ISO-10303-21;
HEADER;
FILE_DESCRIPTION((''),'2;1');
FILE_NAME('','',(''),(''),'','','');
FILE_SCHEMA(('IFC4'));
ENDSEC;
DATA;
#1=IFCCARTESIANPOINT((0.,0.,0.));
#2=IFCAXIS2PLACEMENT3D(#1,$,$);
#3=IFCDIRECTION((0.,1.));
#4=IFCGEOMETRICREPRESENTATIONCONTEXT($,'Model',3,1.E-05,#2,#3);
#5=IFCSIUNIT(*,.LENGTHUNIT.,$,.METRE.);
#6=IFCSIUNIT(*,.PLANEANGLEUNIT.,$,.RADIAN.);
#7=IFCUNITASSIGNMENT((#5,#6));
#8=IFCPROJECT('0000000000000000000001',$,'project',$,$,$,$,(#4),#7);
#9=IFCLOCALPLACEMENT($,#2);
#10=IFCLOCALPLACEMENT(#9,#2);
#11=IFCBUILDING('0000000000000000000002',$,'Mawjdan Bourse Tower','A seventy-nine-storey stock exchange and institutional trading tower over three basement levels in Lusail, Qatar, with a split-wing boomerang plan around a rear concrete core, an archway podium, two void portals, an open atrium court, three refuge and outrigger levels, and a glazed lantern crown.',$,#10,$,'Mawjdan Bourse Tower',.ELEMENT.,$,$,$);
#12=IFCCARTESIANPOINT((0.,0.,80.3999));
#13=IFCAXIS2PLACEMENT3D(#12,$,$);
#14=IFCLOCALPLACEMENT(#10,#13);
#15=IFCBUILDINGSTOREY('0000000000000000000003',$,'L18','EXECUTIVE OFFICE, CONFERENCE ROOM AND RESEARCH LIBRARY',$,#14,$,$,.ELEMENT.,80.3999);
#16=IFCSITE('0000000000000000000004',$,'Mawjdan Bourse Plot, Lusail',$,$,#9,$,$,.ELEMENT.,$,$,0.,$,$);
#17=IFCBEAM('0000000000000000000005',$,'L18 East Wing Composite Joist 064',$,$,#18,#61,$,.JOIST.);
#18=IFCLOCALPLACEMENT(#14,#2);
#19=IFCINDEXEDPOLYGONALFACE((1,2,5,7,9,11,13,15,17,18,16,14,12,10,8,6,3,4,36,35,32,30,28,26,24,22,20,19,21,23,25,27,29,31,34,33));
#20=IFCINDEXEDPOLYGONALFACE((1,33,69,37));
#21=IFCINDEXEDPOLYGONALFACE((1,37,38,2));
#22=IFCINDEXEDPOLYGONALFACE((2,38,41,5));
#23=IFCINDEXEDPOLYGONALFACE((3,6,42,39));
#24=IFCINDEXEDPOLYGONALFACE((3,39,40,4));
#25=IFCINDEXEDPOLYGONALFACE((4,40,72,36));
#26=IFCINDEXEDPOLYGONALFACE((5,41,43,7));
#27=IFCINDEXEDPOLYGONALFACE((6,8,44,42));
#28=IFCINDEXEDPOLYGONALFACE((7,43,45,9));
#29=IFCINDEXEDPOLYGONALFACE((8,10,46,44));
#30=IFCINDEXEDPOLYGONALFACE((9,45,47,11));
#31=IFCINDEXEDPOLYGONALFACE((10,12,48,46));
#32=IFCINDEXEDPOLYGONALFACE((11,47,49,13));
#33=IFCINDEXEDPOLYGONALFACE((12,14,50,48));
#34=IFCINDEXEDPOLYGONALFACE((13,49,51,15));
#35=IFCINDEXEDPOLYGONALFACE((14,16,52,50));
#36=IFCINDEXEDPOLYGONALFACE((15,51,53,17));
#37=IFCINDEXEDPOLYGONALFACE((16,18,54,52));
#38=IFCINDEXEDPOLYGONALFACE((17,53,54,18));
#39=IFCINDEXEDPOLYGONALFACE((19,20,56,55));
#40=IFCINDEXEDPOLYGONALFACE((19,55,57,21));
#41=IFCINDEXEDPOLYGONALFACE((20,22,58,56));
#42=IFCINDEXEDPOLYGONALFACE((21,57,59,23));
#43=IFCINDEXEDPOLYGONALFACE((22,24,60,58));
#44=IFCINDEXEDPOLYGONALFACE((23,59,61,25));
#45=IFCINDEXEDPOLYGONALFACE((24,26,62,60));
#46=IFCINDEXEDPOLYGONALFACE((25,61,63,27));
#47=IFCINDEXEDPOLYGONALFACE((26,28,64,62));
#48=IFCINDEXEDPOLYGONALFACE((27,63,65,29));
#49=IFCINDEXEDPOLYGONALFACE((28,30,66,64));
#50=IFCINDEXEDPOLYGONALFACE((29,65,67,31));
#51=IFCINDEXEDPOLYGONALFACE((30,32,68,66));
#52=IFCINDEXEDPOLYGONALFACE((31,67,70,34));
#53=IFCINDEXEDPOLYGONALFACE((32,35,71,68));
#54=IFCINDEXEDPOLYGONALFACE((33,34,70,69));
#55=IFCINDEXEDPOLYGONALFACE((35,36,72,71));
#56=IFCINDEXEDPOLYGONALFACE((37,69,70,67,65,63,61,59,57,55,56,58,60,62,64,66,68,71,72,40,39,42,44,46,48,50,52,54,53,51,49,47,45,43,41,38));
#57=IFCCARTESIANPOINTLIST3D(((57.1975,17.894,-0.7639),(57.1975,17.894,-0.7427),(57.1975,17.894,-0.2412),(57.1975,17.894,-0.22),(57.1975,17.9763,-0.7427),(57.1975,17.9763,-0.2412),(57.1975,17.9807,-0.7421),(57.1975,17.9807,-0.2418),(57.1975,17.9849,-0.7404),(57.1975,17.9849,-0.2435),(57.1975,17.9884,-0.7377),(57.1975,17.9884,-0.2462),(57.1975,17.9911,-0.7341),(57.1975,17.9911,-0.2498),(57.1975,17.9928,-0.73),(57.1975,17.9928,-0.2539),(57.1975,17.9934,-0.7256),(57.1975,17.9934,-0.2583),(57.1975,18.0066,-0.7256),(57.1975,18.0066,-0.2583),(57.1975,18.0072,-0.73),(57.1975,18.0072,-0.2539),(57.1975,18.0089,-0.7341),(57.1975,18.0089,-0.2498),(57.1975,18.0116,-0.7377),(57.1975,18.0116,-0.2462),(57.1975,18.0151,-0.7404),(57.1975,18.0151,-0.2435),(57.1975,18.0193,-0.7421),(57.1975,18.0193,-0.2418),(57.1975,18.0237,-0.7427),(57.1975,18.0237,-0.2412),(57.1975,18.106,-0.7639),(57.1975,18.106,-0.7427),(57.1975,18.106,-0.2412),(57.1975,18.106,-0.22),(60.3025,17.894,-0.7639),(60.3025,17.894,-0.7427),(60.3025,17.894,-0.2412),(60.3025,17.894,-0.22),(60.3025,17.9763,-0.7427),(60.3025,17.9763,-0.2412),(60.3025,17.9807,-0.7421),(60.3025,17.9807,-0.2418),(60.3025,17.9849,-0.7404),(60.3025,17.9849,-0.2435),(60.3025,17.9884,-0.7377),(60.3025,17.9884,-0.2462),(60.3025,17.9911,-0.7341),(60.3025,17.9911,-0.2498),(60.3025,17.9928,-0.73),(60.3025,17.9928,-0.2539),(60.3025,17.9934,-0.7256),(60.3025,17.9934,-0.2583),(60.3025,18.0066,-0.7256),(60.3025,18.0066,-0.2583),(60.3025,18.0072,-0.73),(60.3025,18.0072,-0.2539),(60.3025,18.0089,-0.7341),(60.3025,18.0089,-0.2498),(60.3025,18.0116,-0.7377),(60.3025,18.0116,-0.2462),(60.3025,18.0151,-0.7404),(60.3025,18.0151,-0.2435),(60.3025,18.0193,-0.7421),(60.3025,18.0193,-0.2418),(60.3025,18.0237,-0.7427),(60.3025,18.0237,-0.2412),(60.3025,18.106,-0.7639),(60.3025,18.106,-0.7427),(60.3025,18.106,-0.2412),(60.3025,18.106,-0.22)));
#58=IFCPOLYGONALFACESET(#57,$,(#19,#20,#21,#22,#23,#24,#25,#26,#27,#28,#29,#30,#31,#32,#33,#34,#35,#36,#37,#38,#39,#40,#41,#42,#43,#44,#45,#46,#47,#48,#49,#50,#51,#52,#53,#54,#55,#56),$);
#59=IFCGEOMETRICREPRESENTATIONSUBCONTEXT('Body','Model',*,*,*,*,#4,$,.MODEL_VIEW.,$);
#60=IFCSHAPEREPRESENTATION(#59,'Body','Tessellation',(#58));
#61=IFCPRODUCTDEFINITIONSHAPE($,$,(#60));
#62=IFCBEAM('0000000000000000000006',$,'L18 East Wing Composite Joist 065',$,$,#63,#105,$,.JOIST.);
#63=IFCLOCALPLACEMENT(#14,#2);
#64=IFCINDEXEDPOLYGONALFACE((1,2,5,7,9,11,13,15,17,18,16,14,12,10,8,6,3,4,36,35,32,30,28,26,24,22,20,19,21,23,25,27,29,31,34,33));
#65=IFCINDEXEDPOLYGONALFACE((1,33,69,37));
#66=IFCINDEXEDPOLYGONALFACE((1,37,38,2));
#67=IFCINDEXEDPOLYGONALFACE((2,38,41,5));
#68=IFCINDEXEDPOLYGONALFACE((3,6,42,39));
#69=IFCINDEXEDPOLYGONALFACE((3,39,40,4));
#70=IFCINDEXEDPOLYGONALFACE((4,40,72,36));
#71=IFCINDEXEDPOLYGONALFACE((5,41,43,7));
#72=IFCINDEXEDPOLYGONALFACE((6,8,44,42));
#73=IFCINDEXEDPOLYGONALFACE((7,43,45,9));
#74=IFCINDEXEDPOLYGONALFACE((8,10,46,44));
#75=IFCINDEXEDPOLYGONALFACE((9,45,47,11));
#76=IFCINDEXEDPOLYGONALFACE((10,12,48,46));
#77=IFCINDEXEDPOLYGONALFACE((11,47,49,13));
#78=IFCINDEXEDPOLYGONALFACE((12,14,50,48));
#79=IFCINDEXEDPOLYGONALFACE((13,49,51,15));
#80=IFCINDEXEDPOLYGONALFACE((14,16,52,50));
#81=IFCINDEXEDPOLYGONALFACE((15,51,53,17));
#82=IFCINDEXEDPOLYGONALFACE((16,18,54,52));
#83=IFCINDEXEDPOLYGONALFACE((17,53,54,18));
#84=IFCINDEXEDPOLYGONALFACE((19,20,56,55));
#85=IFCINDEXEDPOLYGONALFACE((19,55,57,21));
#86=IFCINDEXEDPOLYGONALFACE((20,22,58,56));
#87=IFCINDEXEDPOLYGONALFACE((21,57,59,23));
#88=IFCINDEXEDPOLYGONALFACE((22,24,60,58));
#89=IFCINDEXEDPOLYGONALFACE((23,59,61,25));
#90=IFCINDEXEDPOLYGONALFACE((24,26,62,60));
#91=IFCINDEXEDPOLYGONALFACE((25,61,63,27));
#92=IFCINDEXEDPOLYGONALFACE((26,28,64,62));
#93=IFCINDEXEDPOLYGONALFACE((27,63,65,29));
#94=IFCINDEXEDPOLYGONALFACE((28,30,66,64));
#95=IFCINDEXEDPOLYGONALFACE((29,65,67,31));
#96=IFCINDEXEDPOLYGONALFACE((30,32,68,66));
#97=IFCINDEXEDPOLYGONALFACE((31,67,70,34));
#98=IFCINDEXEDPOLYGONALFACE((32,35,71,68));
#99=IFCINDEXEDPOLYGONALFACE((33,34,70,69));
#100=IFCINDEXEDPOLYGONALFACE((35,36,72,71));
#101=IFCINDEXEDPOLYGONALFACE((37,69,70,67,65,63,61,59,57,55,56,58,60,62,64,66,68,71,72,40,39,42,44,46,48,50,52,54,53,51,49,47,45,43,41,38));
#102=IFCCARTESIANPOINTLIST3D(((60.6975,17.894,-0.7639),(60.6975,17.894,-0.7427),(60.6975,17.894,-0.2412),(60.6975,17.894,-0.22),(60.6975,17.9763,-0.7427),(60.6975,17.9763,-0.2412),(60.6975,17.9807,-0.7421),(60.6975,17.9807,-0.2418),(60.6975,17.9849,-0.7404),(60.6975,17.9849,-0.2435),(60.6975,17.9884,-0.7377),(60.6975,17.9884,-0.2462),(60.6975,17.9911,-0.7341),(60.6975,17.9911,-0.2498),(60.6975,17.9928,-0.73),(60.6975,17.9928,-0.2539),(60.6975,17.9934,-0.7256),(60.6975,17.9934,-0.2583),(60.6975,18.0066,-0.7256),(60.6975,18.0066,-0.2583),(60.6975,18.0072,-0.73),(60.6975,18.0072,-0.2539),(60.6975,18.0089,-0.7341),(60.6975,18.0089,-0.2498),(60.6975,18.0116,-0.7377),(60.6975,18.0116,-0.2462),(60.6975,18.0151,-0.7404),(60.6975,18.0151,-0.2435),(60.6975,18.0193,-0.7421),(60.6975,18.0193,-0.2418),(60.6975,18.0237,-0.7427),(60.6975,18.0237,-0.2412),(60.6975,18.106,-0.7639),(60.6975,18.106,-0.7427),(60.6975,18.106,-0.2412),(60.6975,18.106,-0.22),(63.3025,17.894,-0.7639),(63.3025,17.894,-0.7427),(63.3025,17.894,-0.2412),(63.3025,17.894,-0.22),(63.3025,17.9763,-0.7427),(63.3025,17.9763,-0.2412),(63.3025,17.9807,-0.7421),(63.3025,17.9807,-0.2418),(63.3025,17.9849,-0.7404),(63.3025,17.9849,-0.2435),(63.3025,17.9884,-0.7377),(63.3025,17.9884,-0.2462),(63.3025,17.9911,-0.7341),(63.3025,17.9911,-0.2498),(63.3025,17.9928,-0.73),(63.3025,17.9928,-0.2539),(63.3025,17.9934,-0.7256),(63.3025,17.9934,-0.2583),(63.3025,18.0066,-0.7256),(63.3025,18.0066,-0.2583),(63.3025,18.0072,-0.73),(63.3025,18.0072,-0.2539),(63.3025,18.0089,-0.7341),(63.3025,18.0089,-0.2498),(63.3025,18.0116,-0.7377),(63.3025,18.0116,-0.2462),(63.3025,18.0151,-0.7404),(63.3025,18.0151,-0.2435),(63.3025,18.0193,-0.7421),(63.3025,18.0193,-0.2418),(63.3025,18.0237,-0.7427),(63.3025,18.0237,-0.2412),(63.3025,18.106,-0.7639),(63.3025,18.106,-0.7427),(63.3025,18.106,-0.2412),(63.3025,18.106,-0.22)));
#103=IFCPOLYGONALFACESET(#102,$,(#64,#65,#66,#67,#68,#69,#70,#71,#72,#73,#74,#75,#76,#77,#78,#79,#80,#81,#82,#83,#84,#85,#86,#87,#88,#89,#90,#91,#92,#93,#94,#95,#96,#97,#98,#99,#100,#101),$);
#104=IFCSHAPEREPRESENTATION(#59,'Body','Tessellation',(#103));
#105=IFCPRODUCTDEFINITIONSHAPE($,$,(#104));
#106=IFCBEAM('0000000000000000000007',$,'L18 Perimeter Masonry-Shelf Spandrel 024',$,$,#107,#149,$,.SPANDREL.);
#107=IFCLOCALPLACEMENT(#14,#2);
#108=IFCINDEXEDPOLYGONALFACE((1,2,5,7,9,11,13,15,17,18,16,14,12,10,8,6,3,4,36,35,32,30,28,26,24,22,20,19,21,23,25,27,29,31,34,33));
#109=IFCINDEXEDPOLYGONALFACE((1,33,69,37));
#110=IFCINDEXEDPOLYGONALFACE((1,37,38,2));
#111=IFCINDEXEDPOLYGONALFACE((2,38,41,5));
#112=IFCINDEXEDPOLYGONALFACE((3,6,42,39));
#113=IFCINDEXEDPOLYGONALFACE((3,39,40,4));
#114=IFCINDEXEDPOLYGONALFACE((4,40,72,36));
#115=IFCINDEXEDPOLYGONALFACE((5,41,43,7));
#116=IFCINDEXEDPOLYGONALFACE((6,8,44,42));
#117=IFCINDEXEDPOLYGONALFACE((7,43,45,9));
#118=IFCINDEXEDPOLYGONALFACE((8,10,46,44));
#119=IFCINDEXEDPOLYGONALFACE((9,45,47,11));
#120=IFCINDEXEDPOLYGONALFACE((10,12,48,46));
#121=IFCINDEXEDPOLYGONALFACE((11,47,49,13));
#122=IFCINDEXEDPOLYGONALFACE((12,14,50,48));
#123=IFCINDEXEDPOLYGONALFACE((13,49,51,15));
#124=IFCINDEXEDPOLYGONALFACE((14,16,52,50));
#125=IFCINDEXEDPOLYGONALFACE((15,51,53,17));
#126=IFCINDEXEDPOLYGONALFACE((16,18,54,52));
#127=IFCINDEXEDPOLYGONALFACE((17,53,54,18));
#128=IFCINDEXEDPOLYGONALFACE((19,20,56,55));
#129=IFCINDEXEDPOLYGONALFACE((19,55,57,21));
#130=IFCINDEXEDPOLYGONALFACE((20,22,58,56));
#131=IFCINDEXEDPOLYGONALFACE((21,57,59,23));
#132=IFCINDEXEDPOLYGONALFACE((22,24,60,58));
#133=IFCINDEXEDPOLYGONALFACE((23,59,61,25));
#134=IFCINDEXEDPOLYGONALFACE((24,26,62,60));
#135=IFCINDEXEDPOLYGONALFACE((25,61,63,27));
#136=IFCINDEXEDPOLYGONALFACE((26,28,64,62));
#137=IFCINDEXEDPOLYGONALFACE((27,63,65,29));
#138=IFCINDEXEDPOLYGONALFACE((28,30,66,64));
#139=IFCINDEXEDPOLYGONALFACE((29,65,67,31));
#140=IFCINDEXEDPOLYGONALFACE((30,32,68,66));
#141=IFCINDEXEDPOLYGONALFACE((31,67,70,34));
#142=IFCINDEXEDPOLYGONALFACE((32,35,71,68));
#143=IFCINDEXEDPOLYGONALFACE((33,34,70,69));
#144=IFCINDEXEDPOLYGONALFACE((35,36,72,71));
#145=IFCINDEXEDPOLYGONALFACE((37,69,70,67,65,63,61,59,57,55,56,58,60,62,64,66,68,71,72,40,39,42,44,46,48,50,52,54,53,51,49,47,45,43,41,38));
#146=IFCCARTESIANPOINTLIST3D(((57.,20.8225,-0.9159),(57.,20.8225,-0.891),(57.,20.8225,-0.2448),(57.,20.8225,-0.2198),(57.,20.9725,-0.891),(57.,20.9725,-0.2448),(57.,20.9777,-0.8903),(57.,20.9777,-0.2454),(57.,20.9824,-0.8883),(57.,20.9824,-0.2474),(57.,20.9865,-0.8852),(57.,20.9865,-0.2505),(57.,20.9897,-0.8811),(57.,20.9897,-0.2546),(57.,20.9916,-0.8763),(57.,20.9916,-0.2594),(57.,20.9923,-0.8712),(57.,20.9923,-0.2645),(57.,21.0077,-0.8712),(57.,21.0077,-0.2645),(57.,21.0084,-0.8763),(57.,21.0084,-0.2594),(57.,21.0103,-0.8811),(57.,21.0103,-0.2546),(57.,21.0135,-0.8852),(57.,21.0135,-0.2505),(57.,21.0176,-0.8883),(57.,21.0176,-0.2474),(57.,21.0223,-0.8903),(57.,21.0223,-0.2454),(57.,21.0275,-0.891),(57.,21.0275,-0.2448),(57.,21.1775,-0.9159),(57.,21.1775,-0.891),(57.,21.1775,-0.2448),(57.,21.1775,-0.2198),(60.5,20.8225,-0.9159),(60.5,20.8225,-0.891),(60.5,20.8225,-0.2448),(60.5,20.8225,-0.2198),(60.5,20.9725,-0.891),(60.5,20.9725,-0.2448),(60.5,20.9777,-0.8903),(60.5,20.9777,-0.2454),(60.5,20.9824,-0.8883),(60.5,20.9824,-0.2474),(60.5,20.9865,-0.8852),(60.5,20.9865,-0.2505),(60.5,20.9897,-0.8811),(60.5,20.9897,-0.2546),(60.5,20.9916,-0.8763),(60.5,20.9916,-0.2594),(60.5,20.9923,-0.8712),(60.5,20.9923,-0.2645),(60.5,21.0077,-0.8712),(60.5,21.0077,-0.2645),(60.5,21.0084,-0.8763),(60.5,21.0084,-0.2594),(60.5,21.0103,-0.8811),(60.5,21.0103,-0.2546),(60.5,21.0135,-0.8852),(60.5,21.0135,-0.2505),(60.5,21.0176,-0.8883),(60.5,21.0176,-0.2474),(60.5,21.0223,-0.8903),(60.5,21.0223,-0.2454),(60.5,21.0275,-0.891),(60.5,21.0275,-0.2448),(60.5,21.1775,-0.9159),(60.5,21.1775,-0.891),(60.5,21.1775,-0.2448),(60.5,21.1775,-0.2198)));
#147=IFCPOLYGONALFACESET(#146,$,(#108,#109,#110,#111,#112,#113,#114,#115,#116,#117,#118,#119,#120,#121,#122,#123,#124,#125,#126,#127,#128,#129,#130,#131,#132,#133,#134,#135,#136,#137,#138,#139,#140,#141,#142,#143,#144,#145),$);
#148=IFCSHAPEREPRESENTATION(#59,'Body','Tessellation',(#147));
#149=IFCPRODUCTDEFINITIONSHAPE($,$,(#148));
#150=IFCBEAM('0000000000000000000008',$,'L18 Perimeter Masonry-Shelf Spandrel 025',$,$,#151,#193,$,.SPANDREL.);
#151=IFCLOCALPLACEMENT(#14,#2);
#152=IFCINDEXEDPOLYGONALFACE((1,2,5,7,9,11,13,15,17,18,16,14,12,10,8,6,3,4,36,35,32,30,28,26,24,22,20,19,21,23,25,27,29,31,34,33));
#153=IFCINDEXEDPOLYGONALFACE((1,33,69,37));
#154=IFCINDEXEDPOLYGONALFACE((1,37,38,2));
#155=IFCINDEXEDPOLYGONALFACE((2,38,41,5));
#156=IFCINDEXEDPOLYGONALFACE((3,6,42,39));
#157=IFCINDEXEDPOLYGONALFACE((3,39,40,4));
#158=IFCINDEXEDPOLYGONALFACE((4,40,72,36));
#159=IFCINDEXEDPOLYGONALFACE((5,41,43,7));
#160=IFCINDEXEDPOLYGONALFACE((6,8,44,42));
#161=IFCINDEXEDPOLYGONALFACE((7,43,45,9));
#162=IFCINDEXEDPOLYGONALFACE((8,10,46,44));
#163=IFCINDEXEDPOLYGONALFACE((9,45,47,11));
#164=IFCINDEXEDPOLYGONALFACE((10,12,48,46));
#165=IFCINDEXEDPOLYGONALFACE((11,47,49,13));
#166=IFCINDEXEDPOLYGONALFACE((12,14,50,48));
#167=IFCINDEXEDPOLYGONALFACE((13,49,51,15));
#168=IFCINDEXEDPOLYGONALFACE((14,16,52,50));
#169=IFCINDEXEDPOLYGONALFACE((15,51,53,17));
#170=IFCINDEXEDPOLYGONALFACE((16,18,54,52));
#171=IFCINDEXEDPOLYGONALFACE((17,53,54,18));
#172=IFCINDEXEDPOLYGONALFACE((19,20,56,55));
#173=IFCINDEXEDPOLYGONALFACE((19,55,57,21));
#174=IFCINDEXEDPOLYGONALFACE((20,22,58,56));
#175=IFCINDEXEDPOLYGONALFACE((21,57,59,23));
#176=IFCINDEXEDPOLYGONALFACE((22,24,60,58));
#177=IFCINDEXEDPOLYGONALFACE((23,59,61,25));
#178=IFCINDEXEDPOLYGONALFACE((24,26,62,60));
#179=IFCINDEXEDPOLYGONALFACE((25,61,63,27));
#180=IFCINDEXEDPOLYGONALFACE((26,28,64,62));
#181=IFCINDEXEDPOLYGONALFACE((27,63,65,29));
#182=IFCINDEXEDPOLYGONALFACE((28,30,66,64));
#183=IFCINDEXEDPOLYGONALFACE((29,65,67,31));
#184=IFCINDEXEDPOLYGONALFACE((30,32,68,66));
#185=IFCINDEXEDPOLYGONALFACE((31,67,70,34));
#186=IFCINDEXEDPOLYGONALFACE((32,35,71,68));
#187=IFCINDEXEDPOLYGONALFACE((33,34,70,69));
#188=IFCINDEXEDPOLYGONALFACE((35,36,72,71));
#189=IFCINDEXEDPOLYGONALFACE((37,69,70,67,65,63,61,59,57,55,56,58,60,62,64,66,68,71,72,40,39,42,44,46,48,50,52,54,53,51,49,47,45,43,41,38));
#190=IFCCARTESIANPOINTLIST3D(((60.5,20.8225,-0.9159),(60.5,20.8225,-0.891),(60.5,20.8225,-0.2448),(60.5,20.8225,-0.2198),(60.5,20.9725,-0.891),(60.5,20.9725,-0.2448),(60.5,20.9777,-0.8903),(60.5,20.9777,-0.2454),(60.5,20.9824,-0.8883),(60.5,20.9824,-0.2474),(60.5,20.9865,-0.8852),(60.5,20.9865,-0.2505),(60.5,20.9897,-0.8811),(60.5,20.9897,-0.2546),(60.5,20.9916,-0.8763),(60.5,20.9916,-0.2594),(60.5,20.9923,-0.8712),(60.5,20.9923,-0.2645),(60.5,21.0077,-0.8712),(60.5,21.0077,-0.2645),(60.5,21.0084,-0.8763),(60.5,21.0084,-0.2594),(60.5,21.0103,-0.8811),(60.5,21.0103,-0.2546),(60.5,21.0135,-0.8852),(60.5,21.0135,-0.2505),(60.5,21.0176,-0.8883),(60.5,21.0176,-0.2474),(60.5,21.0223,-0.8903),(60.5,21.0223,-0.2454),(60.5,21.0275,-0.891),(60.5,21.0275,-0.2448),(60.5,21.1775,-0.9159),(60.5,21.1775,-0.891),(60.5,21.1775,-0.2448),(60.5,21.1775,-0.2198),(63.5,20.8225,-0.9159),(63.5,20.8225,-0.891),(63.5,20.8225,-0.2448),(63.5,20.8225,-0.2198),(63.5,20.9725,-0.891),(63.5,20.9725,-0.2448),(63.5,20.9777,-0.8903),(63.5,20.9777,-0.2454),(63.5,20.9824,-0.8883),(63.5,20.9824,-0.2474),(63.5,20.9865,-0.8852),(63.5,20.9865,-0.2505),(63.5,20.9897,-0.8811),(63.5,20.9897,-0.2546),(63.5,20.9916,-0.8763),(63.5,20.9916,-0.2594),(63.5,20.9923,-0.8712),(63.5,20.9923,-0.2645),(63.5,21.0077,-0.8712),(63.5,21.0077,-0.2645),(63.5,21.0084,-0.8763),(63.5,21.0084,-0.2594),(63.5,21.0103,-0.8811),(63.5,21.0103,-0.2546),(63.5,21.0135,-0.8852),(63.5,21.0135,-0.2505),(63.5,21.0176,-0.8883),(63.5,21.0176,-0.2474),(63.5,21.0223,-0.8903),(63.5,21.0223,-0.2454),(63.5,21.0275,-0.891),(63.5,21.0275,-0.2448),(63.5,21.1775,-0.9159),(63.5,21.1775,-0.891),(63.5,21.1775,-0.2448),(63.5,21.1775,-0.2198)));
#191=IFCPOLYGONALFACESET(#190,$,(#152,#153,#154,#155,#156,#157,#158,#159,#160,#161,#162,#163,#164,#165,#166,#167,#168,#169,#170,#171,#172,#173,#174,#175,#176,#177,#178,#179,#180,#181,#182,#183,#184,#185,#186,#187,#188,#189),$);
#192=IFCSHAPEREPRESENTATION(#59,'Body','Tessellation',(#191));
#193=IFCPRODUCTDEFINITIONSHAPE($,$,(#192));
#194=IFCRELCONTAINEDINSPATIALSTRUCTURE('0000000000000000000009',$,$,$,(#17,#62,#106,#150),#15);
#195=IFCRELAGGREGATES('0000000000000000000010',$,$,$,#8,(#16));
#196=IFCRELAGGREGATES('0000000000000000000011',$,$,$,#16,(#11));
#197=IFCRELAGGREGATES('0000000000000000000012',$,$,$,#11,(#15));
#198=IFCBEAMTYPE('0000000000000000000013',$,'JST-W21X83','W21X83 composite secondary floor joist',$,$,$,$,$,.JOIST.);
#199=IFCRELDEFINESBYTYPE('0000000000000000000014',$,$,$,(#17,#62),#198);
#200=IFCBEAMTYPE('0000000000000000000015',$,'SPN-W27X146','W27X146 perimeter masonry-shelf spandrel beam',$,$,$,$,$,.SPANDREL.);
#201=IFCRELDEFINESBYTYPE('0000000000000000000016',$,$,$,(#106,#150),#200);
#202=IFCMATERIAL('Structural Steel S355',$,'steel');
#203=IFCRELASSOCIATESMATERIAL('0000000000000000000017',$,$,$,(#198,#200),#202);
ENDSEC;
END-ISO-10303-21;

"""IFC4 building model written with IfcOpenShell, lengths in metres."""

from ifc_helpers import new_model, si_unit, direction, frame, origin, origin_2d, place, context, subcontext, project, spatial, i_section, extrude, material, material_profile, profile_set, type_object, element, save


model = new_model("IFC4")

# Units and contexts
model_context = context("Model", 3, precision=1e-05, world=origin(), true_north=direction((0.0, 1.0)))
body_context = subcontext(model_context, "Body", "Model", "MODEL_VIEW")
ifc_project = project(units=[si_unit("LENGTHUNIT", "METRE"), si_unit("PLANEANGLEUNIT", "RADIAN")], contexts=[model_context])

# Site, building, storey
site_placement = place(None, origin())
site = spatial("IfcSite", under=ifc_project, at=site_placement, Name="Mawjdan Bourse Plot, Lusail", CompositionType="ELEMENT", RefElevation=0.0)
building_placement = place(site_placement, origin())
building = spatial("IfcBuilding", under=site, at=building_placement, Name="Mawjdan Bourse Tower", Description="A seventy-nine-storey stock exchange and institutional trading tower over three basement levels in Lusail, Qatar, with a split-wing boomerang plan around a rear concrete core, an archway podium, two void portals, an open atrium court, three refuge and outrigger levels, and a glazed lantern crown.", LongName="Mawjdan Bourse Tower", CompositionType="ELEMENT")
storey_placement = place(building_placement, frame((0.0, 0.0, 80.3999)))
storey = spatial("IfcBuildingStorey", under=building, at=storey_placement, Name="L18", Description="EXECUTIVE OFFICE, CONFERENCE ROOM AND RESEARCH LIBRARY", CompositionType="ELEMENT", Elevation=80.3999)

# Beams
ifc_material_1 = material(Name="Structural Steel S355", Category="steel")
ifc_material_profile_1 = material_profile(ifc_material_1, i_section(OverallWidth=0.2119, OverallDepth=0.5439, WebThickness=0.0132, FlangeThickness=0.0212, FilletRadius=0.0171, at=origin_2d()), Name="W21X83")
ifc_profile_set_1 = profile_set([ifc_material_profile_1], Name="Structural Steel S355")
beam_type_1 = type_object("IfcBeamType", Name="JST-W21X83", Description="W21X83 composite secondary floor joist", PredefinedType="JOIST", material=ifc_profile_set_1)
beam_1_placement = place(storey_placement, frame((57.1975, 18.0, -0.4919), z_axis=(1.0, 0.0, 0.0), x_axis=(0.0, 1.0, 0.0)))
element("IfcBeam", 1, at=beam_1_placement, inside=storey, type_object=beam_type_1, Name="L18 East Wing Composite Joist 064", PredefinedType="JOIST", context=body_context, shape_type="SweptSolid", body=[
    extrude(i_section(OverallWidth=0.2119, OverallDepth=0.5439, WebThickness=0.0132, FlangeThickness=0.0212, FilletRadius=0.0171, at=origin_2d()), origin(), (0.0, 0.0, 1.0), 3.105),
])
beam_2_placement = place(storey_placement, frame((60.6975, 18.0, -0.4919), z_axis=(1.0, 0.0, 0.0), x_axis=(0.0, 1.0, 0.0)))
element("IfcBeam", 2, at=beam_2_placement, inside=storey, type_object=beam_type_1, Name="L18 East Wing Composite Joist 065", PredefinedType="JOIST", context=body_context, shape_type="SweptSolid", body=[
    extrude(i_section(OverallWidth=0.2119, OverallDepth=0.5439, WebThickness=0.0132, FlangeThickness=0.0212, FilletRadius=0.0171, at=origin_2d()), origin(), (0.0, 0.0, 1.0), 2.605),
])
ifc_material_profile_2 = material_profile(ifc_material_1, i_section(OverallWidth=0.355, OverallDepth=0.696, WebThickness=0.0154, FlangeThickness=0.0249, FilletRadius=0.0198, at=origin_2d()), Name="W27X146")
ifc_profile_set_2 = profile_set([ifc_material_profile_2], Name="Structural Steel S355")
beam_type_2 = type_object("IfcBeamType", Name="SPN-W27X146", Description="W27X146 perimeter masonry-shelf spandrel beam", PredefinedType="SPANDREL", material=ifc_profile_set_2)
beam_3_placement = place(storey_placement, frame((57.0, 21.0, -0.5679), z_axis=(1.0, 0.0, 0.0), x_axis=(0.0, 1.0, 0.0)))
element("IfcBeam", 3, at=beam_3_placement, inside=storey, type_object=beam_type_2, Name="L18 Perimeter Masonry-Shelf Spandrel 024", PredefinedType="SPANDREL", context=body_context, shape_type="SweptSolid", body=[
    extrude(i_section(OverallWidth=0.355, OverallDepth=0.696, WebThickness=0.0154, FlangeThickness=0.0249, FilletRadius=0.0198, at=origin_2d()), origin(), (0.0, 0.0, 1.0), 3.5),
])
beam_4_placement = place(storey_placement, frame((60.5, 21.0, -0.5679), z_axis=(1.0, 0.0, 0.0), x_axis=(0.0, 1.0, 0.0)))
element("IfcBeam", 4, at=beam_4_placement, inside=storey, type_object=beam_type_2, Name="L18 Perimeter Masonry-Shelf Spandrel 025", PredefinedType="SPANDREL", context=body_context, shape_type="SweptSolid", body=[
    extrude(i_section(OverallWidth=0.355, OverallDepth=0.696, WebThickness=0.0154, FlangeThickness=0.0249, FilletRadius=0.0198, at=origin_2d()), origin(), (0.0, 0.0, 1.0), 3.0),
])

save(model, "model.ifc")
